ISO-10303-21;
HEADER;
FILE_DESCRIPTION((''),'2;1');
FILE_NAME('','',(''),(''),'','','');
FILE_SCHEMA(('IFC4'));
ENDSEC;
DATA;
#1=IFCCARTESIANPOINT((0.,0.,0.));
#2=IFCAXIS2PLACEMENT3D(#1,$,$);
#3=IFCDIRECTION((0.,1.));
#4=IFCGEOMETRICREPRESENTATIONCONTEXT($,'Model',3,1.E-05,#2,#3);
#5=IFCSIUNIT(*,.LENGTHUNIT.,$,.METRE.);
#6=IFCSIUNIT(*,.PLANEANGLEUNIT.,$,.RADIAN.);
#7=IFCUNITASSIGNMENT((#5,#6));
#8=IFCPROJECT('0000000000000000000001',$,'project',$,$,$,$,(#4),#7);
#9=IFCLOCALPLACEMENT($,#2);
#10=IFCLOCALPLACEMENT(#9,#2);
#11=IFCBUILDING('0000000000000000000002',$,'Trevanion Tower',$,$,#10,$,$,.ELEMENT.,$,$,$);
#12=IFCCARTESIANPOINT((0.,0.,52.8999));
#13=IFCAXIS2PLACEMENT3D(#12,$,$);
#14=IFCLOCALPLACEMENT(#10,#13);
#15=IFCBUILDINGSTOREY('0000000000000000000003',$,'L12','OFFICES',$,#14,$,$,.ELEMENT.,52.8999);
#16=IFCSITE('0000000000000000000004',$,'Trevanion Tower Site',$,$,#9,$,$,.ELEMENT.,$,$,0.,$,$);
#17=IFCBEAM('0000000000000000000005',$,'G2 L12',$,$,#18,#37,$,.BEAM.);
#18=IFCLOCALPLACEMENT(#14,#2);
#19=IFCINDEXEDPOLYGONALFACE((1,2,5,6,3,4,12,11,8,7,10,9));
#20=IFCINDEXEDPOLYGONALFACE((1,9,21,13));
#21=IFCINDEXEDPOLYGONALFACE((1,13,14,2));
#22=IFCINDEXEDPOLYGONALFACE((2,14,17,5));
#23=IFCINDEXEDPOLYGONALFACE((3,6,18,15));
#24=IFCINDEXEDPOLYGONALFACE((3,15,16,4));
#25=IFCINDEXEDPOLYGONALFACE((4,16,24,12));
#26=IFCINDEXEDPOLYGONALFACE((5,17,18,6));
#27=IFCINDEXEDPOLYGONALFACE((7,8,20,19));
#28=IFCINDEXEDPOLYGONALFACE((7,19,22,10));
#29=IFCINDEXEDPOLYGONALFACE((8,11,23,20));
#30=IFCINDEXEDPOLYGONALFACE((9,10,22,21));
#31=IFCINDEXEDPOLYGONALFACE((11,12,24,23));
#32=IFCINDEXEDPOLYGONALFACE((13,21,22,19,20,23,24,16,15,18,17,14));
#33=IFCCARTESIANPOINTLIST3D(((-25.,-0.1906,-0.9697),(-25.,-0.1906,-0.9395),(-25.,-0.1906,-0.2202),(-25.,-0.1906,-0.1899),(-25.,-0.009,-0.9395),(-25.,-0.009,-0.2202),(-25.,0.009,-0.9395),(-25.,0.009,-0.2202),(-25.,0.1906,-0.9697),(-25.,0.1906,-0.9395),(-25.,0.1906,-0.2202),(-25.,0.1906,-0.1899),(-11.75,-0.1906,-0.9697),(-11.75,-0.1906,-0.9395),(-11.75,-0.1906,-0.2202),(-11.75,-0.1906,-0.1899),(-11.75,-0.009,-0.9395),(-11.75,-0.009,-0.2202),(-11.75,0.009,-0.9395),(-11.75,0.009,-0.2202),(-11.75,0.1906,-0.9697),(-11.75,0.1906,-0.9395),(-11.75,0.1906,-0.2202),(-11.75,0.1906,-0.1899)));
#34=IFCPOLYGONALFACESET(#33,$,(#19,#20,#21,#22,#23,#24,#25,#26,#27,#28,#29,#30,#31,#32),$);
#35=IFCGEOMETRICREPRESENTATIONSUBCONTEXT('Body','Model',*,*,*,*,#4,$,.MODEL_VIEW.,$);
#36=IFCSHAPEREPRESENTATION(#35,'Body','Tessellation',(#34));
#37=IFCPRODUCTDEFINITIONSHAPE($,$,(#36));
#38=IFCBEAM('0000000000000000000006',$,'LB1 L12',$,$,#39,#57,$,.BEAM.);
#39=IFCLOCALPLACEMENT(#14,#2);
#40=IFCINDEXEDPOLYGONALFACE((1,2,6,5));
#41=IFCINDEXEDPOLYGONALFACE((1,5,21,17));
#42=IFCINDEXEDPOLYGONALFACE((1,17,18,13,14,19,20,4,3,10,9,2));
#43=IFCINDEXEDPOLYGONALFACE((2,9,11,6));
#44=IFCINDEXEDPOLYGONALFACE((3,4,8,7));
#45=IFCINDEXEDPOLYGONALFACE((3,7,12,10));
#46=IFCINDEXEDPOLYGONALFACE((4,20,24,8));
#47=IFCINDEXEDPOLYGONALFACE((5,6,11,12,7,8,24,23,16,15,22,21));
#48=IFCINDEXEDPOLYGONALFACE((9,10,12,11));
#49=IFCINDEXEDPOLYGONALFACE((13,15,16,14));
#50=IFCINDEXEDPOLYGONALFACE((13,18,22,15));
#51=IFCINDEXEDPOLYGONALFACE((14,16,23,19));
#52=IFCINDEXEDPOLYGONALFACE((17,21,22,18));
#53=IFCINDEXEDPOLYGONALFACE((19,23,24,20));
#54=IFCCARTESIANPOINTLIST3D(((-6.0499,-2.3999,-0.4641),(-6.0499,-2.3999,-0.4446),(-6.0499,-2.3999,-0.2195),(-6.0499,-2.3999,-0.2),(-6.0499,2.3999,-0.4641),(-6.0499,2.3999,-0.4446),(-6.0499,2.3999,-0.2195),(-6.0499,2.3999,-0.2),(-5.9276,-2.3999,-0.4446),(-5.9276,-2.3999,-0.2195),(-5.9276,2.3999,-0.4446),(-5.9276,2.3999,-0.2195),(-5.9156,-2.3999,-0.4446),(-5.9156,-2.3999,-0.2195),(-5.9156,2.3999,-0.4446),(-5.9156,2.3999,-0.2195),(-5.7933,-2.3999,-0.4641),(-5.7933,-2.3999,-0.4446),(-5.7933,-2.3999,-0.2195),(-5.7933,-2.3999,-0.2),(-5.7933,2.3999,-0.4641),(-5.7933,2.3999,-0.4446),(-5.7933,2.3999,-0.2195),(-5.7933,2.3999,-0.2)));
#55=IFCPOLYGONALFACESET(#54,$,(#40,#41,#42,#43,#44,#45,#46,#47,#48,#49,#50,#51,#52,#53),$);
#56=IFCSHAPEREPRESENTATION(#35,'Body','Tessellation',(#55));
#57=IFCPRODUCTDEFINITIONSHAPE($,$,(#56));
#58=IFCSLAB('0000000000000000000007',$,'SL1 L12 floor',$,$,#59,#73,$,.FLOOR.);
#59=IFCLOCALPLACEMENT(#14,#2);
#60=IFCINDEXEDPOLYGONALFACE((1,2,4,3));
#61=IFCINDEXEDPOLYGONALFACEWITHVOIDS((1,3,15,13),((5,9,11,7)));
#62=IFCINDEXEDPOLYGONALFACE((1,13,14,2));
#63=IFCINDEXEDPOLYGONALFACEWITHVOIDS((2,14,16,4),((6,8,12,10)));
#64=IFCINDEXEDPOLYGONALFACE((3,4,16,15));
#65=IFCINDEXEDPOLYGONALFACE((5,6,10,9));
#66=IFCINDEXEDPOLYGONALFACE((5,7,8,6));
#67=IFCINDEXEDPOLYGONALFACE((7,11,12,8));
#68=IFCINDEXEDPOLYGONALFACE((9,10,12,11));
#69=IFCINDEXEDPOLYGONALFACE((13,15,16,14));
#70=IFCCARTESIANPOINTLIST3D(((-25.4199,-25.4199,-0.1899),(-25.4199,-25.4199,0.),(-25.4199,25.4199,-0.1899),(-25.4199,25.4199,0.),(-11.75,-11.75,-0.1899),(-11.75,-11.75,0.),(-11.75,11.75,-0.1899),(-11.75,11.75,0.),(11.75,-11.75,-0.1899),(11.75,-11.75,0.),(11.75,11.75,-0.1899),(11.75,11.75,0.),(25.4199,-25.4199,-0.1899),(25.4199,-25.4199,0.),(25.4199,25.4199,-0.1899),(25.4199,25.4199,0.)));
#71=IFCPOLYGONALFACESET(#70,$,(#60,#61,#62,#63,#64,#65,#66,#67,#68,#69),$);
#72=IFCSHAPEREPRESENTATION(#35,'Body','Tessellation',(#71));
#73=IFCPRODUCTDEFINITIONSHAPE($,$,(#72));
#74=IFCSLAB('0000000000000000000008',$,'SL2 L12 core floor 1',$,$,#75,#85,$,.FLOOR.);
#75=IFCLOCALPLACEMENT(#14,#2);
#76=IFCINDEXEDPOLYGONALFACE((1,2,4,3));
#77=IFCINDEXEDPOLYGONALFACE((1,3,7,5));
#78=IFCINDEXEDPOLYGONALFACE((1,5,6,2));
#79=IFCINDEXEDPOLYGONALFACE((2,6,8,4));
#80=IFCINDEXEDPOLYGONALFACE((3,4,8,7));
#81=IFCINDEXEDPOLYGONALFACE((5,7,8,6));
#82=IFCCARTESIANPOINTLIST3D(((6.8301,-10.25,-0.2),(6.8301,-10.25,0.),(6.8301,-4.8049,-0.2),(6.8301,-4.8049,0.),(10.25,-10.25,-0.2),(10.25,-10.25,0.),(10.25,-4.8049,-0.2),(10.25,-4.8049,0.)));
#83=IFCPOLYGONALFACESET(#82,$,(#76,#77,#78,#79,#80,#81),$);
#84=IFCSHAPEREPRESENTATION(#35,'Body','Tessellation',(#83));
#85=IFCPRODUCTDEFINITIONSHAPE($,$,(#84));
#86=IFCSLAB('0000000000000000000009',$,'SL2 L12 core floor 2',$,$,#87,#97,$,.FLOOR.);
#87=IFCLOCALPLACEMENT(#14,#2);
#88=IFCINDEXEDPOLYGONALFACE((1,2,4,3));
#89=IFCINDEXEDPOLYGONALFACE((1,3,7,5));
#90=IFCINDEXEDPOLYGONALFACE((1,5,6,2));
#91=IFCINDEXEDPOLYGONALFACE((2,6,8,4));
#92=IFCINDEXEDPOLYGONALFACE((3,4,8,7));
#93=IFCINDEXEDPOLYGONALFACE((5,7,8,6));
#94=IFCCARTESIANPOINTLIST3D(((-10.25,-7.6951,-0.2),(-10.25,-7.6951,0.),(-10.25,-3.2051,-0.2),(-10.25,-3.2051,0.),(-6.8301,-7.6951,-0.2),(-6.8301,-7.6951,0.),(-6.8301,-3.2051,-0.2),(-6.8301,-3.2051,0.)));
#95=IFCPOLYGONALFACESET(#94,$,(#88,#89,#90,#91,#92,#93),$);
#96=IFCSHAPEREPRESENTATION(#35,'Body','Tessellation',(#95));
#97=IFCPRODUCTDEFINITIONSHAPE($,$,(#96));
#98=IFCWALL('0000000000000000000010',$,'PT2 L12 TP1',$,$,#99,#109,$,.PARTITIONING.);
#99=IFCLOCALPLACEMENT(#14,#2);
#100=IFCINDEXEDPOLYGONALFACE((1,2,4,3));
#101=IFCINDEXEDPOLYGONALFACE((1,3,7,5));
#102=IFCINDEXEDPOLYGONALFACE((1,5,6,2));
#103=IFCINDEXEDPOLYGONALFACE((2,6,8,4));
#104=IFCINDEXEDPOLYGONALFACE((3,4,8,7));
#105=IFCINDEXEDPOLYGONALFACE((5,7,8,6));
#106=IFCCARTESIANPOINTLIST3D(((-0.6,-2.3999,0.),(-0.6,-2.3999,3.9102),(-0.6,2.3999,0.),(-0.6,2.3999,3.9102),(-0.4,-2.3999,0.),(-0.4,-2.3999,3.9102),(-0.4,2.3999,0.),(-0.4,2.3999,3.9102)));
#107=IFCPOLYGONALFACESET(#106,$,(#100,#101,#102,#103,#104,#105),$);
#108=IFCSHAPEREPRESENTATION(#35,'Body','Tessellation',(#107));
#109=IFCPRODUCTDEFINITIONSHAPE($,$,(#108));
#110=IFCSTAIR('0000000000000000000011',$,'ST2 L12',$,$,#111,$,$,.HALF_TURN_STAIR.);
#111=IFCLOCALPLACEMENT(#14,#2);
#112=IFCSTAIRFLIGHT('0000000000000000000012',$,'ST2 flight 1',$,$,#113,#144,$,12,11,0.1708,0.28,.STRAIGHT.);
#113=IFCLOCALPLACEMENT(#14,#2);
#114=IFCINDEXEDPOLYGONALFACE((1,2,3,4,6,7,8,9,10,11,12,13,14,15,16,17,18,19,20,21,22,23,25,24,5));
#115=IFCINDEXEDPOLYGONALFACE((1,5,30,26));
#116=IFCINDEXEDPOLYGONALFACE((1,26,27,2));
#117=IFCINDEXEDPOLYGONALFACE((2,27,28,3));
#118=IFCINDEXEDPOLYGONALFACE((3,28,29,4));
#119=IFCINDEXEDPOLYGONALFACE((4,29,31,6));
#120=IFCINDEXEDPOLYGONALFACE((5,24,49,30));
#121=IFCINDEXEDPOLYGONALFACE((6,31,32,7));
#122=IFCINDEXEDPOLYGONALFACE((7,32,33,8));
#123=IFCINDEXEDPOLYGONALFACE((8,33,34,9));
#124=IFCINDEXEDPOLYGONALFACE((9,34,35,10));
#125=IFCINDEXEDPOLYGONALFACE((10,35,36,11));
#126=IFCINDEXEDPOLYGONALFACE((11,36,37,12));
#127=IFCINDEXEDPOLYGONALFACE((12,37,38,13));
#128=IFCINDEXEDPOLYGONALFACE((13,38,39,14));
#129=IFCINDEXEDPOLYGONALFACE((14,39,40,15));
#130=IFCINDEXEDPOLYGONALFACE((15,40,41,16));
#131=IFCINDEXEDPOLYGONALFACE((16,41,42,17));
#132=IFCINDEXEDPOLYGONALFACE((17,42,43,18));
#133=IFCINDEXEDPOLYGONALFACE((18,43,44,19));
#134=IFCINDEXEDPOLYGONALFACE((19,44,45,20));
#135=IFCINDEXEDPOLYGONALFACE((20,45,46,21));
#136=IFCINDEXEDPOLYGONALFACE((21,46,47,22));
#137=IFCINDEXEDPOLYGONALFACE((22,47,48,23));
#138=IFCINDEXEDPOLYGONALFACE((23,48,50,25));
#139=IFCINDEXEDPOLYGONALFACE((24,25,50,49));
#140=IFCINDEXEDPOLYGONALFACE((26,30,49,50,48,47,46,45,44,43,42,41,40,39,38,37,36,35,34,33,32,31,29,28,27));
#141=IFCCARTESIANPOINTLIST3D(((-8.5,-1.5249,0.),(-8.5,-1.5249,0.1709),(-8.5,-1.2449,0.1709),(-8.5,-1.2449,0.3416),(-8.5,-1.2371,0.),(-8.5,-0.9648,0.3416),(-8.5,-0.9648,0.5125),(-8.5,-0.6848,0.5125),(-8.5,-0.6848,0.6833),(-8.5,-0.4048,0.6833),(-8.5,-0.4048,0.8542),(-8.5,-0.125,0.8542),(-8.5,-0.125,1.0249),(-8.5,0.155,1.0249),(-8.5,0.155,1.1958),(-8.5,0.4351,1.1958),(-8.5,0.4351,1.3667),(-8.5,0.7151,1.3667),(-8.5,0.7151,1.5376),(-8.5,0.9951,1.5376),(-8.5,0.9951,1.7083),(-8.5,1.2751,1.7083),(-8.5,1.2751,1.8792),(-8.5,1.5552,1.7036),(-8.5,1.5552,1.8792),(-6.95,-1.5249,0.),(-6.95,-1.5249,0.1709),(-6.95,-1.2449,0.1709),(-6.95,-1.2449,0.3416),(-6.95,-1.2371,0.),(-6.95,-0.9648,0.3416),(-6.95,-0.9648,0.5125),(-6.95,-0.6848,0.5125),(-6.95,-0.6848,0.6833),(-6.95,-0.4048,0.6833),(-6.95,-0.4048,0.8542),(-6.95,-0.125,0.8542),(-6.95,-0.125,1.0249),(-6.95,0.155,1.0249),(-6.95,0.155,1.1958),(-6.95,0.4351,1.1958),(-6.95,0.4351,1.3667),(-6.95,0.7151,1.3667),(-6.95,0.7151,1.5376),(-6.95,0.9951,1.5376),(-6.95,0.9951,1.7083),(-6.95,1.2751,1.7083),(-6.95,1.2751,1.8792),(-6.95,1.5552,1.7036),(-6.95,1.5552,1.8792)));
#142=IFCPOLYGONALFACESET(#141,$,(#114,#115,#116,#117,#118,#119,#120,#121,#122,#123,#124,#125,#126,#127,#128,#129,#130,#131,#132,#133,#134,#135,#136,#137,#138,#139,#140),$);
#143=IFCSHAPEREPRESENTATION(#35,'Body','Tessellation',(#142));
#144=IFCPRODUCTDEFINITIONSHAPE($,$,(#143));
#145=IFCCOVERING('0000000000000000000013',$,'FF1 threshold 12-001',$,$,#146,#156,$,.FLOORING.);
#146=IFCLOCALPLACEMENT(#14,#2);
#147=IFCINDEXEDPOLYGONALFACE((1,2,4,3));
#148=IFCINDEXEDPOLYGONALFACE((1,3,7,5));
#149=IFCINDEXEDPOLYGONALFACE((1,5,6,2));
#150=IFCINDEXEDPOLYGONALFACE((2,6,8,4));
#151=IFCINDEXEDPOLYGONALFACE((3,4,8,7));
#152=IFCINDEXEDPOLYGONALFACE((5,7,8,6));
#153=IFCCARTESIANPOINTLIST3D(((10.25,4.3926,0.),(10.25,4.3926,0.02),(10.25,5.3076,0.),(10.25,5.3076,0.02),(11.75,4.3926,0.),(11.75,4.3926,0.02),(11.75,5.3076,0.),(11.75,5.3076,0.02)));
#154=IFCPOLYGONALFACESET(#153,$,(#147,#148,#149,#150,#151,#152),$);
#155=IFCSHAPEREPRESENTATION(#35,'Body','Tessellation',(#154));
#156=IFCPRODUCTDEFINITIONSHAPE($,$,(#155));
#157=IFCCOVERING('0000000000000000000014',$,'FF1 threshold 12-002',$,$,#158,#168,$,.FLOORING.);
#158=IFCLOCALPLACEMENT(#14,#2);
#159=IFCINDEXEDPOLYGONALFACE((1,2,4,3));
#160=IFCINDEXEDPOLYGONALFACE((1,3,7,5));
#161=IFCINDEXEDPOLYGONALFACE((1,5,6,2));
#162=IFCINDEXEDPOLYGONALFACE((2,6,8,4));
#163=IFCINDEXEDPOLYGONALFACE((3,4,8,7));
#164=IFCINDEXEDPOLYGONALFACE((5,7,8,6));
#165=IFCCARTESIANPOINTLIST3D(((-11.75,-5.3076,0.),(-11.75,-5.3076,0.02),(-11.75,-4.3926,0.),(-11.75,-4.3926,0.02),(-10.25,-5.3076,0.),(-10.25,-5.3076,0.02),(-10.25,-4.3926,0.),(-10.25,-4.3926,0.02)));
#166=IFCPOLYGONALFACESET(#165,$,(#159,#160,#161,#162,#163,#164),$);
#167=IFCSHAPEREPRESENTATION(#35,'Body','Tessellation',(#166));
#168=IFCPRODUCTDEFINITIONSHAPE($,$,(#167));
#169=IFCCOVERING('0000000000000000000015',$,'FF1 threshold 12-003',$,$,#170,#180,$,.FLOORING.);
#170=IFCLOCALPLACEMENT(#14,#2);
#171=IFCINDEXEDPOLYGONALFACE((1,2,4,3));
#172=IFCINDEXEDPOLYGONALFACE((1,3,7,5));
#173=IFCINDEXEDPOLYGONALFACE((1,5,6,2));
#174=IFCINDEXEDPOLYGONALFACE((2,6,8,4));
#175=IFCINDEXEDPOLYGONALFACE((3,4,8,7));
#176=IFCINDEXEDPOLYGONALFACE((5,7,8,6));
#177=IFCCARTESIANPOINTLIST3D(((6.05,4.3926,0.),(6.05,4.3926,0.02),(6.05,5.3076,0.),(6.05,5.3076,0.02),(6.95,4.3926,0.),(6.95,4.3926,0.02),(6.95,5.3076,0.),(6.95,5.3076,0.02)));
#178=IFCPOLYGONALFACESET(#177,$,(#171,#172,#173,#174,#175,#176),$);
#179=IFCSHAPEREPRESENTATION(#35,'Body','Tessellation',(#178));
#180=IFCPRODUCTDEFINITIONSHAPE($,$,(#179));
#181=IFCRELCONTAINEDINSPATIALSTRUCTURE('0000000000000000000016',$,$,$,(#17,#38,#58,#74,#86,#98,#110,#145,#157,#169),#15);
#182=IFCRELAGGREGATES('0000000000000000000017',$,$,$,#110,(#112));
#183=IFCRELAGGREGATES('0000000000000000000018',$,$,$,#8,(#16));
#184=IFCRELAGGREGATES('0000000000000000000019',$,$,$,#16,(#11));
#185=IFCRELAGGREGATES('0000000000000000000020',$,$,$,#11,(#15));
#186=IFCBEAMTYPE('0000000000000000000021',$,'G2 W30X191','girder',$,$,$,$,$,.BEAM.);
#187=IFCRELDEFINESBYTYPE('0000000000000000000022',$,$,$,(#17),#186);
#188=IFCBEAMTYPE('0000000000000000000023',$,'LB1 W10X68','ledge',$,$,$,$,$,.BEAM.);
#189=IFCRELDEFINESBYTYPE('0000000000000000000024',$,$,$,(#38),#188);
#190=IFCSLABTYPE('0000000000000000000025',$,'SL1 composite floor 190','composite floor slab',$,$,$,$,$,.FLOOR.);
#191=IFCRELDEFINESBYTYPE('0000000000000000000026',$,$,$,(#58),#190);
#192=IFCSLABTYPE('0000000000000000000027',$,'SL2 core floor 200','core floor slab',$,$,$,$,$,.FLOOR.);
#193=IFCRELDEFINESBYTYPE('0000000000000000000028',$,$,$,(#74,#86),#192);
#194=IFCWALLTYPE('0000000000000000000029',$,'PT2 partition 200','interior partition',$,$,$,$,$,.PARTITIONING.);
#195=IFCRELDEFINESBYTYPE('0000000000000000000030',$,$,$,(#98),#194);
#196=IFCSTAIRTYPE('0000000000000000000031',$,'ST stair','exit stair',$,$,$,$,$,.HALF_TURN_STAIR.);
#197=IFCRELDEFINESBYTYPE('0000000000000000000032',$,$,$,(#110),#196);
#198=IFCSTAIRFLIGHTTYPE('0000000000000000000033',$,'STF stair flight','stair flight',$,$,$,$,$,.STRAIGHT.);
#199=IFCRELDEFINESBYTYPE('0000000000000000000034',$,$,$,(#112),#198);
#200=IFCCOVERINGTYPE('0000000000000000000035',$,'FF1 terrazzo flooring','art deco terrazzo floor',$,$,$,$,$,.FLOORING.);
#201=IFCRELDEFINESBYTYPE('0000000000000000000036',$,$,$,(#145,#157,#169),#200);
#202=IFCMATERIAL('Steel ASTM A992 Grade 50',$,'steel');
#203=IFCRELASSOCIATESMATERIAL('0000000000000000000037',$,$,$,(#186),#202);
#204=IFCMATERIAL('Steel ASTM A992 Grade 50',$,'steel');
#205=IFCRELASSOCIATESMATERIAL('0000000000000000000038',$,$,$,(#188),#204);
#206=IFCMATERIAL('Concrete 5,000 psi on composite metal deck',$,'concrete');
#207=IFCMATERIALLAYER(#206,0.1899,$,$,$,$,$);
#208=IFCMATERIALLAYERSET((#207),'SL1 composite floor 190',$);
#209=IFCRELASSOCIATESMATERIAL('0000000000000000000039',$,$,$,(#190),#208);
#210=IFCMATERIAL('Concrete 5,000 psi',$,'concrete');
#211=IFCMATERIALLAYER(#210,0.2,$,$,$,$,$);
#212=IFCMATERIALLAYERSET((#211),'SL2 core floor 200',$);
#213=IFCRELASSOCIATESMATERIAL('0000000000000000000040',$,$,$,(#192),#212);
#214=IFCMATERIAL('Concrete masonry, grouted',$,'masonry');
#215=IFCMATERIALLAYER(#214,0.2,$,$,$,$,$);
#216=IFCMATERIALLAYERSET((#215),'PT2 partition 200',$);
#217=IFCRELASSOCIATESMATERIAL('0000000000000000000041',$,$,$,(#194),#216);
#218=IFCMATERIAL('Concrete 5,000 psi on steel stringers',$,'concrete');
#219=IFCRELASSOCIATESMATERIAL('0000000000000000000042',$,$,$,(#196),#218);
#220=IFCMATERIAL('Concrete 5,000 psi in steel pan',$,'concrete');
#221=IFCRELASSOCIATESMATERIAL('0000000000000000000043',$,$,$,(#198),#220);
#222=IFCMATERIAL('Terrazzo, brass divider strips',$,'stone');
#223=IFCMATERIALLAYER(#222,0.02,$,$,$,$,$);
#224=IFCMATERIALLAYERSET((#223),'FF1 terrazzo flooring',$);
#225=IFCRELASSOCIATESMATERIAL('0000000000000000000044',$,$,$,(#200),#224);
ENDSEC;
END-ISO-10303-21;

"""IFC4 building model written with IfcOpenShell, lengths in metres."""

from ifc_helpers import new_model, si_unit, direction, frame, frame_2d, origin, origin_2d, place, context, subcontext, project, spatial, polyline, rectangle, i_section, outline, extrude, material, layer, layer_set, material_profile, profile_set, type_object, element, aggregate, save


model = new_model("IFC4")

# Units and contexts
model_context = context("Model", 3, precision=1e-05, world=origin(), true_north=direction((0.0, 1.0)))
body_context = subcontext(model_context, "Body", "Model", "MODEL_VIEW")
ifc_project = project(units=[si_unit("LENGTHUNIT", "METRE"), si_unit("PLANEANGLEUNIT", "RADIAN")], contexts=[model_context])

# Site, building, storey
site_placement = place(None, origin())
site = spatial("IfcSite", under=ifc_project, at=site_placement, Name="Trevanion Tower Site", CompositionType="ELEMENT", RefElevation=0.0)
building_placement = place(site_placement, origin())
building = spatial("IfcBuilding", under=site, at=building_placement, Name="Trevanion Tower", CompositionType="ELEMENT")
storey_placement = place(building_placement, frame((0.0, 0.0, 52.8999)))
storey = spatial("IfcBuildingStorey", under=building, at=storey_placement, Name="L12", Description="OFFICES", CompositionType="ELEMENT", Elevation=52.8999)

# Beams
ifc_material_1 = material(Name="Steel ASTM A992 Grade 50", Category="steel")
ifc_material_profile_1 = material_profile(ifc_material_1, i_section(OverallWidth=0.3811, OverallDepth=0.7798, WebThickness=0.0181, FlangeThickness=0.0303, at=origin_2d()), Name="W30X191")
ifc_profile_set_1 = profile_set([ifc_material_profile_1], Name="Steel ASTM A992 Grade 50")
beam_type_1 = type_object("IfcBeamType", Name="G2 W30X191", Description="girder", PredefinedType="BEAM", material=ifc_profile_set_1)
beam_1_placement = place(storey_placement, frame((-11.75, 0.0, -0.5798), z_axis=(-1.0, 0.0, 0.0), x_axis=(0.0, -1.0, 0.0)))
element("IfcBeam", 1, at=beam_1_placement, inside=storey, type_object=beam_type_1, Name="G2 L12", PredefinedType="BEAM", context=body_context, shape_type="SweptSolid", body=[
    extrude(i_section(OverallWidth=0.3811, OverallDepth=0.7798, WebThickness=0.0181, FlangeThickness=0.0303, at=origin_2d()), origin(), (0.0, 0.0, 1.0), 13.25),
])
ifc_material_2 = material(Name="Steel ASTM A992 Grade 50", Category="steel")
ifc_material_profile_2 = material_profile(ifc_material_2, i_section(OverallWidth=0.2566, OverallDepth=0.2642, WebThickness=0.012, FlangeThickness=0.0195, at=origin_2d()), Name="W10X68")
ifc_profile_set_2 = profile_set([ifc_material_profile_2], Name="Steel ASTM A992 Grade 50")
beam_type_2 = type_object("IfcBeamType", Name="LB1 W10X68", Description="ledge", PredefinedType="BEAM", material=ifc_profile_set_2)
beam_2_placement = place(storey_placement, frame((-5.9216, -2.3999, -0.332), z_axis=(0.0, 1.0, 0.0), x_axis=(-1.0, 0.0, 0.0)))
element("IfcBeam", 2, at=beam_2_placement, inside=storey, type_object=beam_type_2, Name="LB1 L12", PredefinedType="BEAM", context=body_context, shape_type="SweptSolid", body=[
    extrude(i_section(OverallWidth=0.2566, OverallDepth=0.2642, WebThickness=0.012, FlangeThickness=0.0195, at=origin_2d()), origin(), (0.0, 0.0, 1.0), 4.7998),
])

# Slabs
ifc_material_3 = material(Name="Concrete 5,000 psi on composite metal deck", Category="concrete")
ifc_layer_1 = layer(ifc_material_3, 0.1899)
ifc_layer_set_1 = layer_set([ifc_layer_1], Name="SL1 composite floor 190")
slab_type_1 = type_object("IfcSlabType", Name="SL1 composite floor 190", Description="composite floor slab", PredefinedType="FLOOR", material=ifc_layer_set_1)
slab_1_placement = place(storey_placement, frame((0.0, 0.0, -0.1899)))
element("IfcSlab", 3, at=slab_1_placement, inside=storey, type_object=slab_type_1, Name="SL1 L12 floor", PredefinedType="FLOOR", context=body_context, shape_type="SweptSolid", body=[
    extrude(outline(polyline([(25.4199, -25.4199), (25.4199, 25.4199), (-25.4199, 25.4199), (-25.4199, -25.4199), (25.4199, -25.4199)]), holes=[polyline([(11.75, -11.75), (11.75, 11.75), (-11.75, 11.75), (-11.75, -11.75), (11.75, -11.75)])]), origin(), (0.0, 0.0, 1.0), 0.1899),
])
ifc_material_4 = material(Name="Concrete 5,000 psi", Category="concrete")
ifc_layer_2 = layer(ifc_material_4, 0.2)
ifc_layer_set_2 = layer_set([ifc_layer_2], Name="SL2 core floor 200")
slab_type_2 = type_object("IfcSlabType", Name="SL2 core floor 200", Description="core floor slab", PredefinedType="FLOOR", material=ifc_layer_set_2)
slab_2_placement = place(storey_placement, frame((0.0, 0.0, -0.2)))
element("IfcSlab", 4, at=slab_2_placement, inside=storey, type_object=slab_type_2, Name="SL2 L12 core floor 1", PredefinedType="FLOOR", context=body_context, shape_type="SweptSolid", body=[
    extrude(outline(polyline([(10.25, -4.8049), (10.25, -10.25), (6.8301, -10.25), (6.8301, -4.8049), (10.25, -4.8049)])), origin(), (0.0, 0.0, 1.0), 0.2),
])
slab_3_placement = place(storey_placement, frame((0.0, 0.0, -0.2)))
element("IfcSlab", 5, at=slab_3_placement, inside=storey, type_object=slab_type_2, Name="SL2 L12 core floor 2", PredefinedType="FLOOR", context=body_context, shape_type="SweptSolid", body=[
    extrude(outline(polyline([(-6.8301, -3.2051), (-6.8301, -7.6951), (-10.25, -7.6951), (-10.25, -3.2051), (-6.8301, -3.2051)])), origin(), (0.0, 0.0, 1.0), 0.2),
])

# Wall
ifc_material_5 = material(Name="Concrete masonry, grouted", Category="masonry")
ifc_layer_3 = layer(ifc_material_5, 0.2)
ifc_layer_set_3 = layer_set([ifc_layer_3], Name="PT2 partition 200")
wall_type = type_object("IfcWallType", Name="PT2 partition 200", Description="interior partition", PredefinedType="PARTITIONING", material=ifc_layer_set_3)
wall_placement = place(storey_placement, frame((-0.5, -2.3999, 0.0), z_axis=(0.0, 0.0, 1.0), x_axis=(0.0, 1.0, 0.0)))
element("IfcWall", 6, at=wall_placement, inside=storey, type_object=wall_type, Name="PT2 L12 TP1", PredefinedType="PARTITIONING", context=body_context, shape_type="SweptSolid", body=[
    extrude(rectangle(XDim=4.7998, YDim=0.2, at=frame_2d((2.3999, 0.0))), origin(), (0.0, 0.0, 1.0), 3.9102),
])

# Stair, stair flight
ifc_material_6 = material(Name="Concrete 5,000 psi on steel stringers", Category="concrete")
stair_type = type_object("IfcStairType", Name="ST stair", Description="exit stair", PredefinedType="HALF_TURN_STAIR", material=ifc_material_6)
stair_placement = place(storey_placement, origin())
stair = element("IfcStair", 7, at=stair_placement, inside=storey, type_object=stair_type, Name="ST2 L12", PredefinedType="HALF_TURN_STAIR")
ifc_material_7 = material(Name="Concrete 5,000 psi in steel pan", Category="concrete")
stair_flight_type = type_object("IfcStairFlightType", Name="STF stair flight", Description="stair flight", PredefinedType="STRAIGHT", material=ifc_material_7)
stair_flight_placement = place(storey_placement, frame((-7.7251, -1.5249, 0.0), z_axis=(0.0, 0.0, 1.0), x_axis=(0.0, 1.0, 0.0)))
stair_flight = element("IfcStairFlight", 8, at=stair_flight_placement, type_object=stair_flight_type, Name="ST2 flight 1", NumberOfRisers=12, NumberOfTreads=11, PredefinedType="STRAIGHT", RiserHeight=0.1708, TreadLength=0.28, context=body_context, shape_type="SweptSolid", body=[
    extrude(outline(polyline([(0.0, 0.0), (0.0, 0.1709), (0.28, 0.1709), (0.28, 0.3416), (0.5601, 0.3416), (0.5601, 0.5125), (0.8401, 0.5125), (0.8401, 0.6833), (1.1201, 0.6833), (1.1201, 0.8542), (1.3999, 0.8542), (1.3999, 1.0249), (1.6799, 1.0249), (1.6799, 1.1958), (1.96, 1.1958), (1.96, 1.3667), (2.24, 1.3667), (2.24, 1.5376), (2.52, 1.5376), (2.52, 1.7083), (2.8, 1.7083), (2.8, 1.8792), (3.0801, 1.8792), (3.0801, 2.05), (3.0801, 1.7036), (0.2878, 0.0), (0.0, 0.0)])), frame((0.0, 0.7749, 0.0), z_axis=(0.0, -1.0, 0.0), x_axis=(1.0, 0.0, 0.0)), (0.0, 0.0, 1.0), 1.55),
])
aggregate(stair, [stair_flight])

# Coverings
ifc_material_8 = material(Name="Terrazzo, brass divider strips", Category="stone")
ifc_layer_4 = layer(ifc_material_8, 0.02)
ifc_layer_set_4 = layer_set([ifc_layer_4], Name="FF1 terrazzo flooring")
covering_type = type_object("IfcCoveringType", Name="FF1 terrazzo flooring", Description="art deco terrazzo floor", PredefinedType="FLOORING", material=ifc_layer_set_4)
covering_1_placement = place(storey_placement, origin())
element("IfcCovering", 9, at=covering_1_placement, inside=storey, type_object=covering_type, Name="FF1 threshold 12-001", PredefinedType="FLOORING", context=body_context, shape_type="SweptSolid", body=[
    extrude(outline(polyline([(11.75, 4.3926), (11.75, 5.3076), (10.25, 5.3076), (10.25, 4.3926), (11.75, 4.3926)])), origin(), (0.0, 0.0, 1.0), 0.02),
])
covering_2_placement = place(storey_placement, origin())
element("IfcCovering", 10, at=covering_2_placement, inside=storey, type_object=covering_type, Name="FF1 threshold 12-002", PredefinedType="FLOORING", context=body_context, shape_type="SweptSolid", body=[
    extrude(outline(polyline([(-11.75, -4.3926), (-11.75, -5.3076), (-10.25, -5.3076), (-10.25, -4.3926), (-11.75, -4.3926)])), origin(), (0.0, 0.0, 1.0), 0.02),
])
covering_3_placement = place(storey_placement, origin())
element("IfcCovering", 11, at=covering_3_placement, inside=storey, type_object=covering_type, Name="FF1 threshold 12-003", PredefinedType="FLOORING", context=body_context, shape_type="SweptSolid", body=[
    extrude(outline(polyline([(6.95, 4.3926), (6.95, 5.3076), (6.05, 5.3076), (6.05, 4.3926), (6.95, 4.3926)])), origin(), (0.0, 0.0, 1.0), 0.02),
])

save(model, "model.ifc")
